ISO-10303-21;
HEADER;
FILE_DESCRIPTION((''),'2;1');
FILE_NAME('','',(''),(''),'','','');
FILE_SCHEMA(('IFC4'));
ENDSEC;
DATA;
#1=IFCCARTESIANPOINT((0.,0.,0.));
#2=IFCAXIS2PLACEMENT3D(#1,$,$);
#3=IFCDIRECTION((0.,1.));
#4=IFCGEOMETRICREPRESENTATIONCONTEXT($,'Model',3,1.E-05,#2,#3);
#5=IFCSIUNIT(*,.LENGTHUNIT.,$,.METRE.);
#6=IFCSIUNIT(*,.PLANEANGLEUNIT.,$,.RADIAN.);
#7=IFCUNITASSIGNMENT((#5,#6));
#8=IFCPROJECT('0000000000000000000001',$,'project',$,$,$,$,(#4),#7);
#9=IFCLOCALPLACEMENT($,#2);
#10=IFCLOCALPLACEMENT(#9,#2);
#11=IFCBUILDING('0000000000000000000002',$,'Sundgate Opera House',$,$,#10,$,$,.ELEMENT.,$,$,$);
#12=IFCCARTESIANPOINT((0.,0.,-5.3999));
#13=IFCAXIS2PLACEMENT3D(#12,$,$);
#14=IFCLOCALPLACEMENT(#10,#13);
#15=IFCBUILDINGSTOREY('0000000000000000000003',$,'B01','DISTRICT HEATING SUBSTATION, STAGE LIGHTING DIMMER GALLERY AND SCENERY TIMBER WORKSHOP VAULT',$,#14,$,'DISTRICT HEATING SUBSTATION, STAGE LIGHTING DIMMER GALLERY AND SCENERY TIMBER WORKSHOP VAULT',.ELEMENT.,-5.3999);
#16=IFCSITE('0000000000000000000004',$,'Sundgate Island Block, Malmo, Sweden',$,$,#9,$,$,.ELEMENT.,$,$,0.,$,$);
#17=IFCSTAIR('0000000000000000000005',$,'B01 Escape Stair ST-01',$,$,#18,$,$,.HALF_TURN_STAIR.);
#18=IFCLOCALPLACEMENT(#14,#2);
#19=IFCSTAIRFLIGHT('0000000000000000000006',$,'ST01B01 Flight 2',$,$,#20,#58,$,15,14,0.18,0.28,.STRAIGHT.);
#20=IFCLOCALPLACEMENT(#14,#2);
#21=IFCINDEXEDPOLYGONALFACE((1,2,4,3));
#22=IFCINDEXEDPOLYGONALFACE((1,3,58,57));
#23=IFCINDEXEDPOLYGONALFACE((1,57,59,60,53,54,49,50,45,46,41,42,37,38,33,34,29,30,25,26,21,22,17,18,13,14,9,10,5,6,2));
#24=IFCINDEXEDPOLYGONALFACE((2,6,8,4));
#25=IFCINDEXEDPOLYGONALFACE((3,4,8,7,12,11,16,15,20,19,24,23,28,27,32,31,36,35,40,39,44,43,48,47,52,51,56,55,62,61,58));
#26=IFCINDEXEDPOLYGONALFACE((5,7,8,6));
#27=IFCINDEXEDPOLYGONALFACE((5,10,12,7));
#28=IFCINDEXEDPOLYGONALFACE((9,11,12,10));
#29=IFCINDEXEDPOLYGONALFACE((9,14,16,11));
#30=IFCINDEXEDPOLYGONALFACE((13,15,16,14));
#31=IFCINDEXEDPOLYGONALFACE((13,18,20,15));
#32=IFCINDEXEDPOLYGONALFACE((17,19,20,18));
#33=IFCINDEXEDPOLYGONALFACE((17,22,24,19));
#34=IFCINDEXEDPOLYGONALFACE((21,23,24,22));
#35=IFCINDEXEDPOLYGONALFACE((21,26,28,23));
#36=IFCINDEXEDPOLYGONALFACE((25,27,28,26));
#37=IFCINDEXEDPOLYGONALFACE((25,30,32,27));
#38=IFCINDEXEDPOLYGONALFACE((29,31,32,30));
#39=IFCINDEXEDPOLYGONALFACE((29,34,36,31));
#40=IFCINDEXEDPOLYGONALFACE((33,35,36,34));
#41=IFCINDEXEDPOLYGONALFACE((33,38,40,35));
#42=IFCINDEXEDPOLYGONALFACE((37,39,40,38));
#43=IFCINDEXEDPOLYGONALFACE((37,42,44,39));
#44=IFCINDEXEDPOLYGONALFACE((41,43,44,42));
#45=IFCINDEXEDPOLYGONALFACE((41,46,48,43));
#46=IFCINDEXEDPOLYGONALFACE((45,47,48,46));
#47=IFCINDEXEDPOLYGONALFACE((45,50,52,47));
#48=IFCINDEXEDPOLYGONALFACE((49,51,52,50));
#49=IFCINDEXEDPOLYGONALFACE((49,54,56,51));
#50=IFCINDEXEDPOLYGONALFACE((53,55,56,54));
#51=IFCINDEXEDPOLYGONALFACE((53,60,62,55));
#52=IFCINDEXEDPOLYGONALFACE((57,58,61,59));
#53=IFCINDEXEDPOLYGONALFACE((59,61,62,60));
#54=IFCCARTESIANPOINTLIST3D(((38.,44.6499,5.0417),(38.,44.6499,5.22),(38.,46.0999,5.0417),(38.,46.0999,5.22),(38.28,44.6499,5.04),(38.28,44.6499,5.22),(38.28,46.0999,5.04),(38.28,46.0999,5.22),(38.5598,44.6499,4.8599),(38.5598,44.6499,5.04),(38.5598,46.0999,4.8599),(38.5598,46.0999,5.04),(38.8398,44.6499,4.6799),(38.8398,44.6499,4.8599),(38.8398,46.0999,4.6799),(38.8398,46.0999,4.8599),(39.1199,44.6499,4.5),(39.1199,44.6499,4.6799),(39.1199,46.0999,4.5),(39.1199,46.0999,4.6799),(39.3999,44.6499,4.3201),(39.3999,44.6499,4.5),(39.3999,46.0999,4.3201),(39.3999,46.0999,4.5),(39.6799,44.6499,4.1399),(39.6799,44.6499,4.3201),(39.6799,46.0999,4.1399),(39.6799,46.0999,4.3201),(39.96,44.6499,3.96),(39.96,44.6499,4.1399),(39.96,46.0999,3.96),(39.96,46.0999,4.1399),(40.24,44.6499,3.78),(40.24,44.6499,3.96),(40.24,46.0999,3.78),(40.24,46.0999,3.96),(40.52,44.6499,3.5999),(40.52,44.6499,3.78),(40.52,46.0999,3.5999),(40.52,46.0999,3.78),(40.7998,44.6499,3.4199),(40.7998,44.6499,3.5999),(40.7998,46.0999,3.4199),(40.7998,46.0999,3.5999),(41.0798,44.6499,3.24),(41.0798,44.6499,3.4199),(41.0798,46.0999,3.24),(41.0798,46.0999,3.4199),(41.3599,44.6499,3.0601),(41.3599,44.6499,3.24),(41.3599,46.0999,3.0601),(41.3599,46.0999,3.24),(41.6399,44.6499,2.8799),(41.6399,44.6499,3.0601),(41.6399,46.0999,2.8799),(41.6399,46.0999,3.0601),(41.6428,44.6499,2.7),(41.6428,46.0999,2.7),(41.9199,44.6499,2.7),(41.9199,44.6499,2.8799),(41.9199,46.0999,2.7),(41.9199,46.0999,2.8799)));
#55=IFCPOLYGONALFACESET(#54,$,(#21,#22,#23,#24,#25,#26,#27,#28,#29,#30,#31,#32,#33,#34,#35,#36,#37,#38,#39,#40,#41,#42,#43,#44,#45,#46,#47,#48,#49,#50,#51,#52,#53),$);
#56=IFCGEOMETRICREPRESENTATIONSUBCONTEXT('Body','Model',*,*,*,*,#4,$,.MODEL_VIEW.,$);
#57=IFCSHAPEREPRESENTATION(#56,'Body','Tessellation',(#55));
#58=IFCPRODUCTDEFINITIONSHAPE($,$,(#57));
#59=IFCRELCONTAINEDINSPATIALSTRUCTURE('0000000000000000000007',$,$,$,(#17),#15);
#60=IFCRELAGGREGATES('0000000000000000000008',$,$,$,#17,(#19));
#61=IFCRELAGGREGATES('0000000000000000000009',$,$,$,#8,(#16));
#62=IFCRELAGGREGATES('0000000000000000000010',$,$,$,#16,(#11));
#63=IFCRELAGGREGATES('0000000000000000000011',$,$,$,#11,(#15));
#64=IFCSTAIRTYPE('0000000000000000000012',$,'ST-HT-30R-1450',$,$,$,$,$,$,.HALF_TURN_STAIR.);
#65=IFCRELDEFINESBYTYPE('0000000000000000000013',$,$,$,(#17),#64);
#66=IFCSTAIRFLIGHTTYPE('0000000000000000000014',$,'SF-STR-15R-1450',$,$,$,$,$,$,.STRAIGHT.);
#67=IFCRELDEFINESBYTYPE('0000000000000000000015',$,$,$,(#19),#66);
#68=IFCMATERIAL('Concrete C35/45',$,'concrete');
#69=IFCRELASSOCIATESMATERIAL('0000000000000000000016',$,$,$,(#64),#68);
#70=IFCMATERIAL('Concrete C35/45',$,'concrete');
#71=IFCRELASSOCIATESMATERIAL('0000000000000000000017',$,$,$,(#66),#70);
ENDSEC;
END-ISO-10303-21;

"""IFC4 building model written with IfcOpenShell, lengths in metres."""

from ifc_helpers import new_model, si_unit, direction, frame, origin, place, context, subcontext, project, spatial, polyline, outline, extrude, material, type_object, element, aggregate, save


model = new_model("IFC4")

# Units and contexts
model_context = context("Model", 3, precision=1e-05, world=origin(), true_north=direction((0.0, 1.0)))
body_context = subcontext(model_context, "Body", "Model", "MODEL_VIEW")
ifc_project = project(units=[si_unit("LENGTHUNIT", "METRE"), si_unit("PLANEANGLEUNIT", "RADIAN")], contexts=[model_context])

# Site, building, storey
site_placement = place(None, origin())
site = spatial("IfcSite", under=ifc_project, at=site_placement, Name="Sundgate Island Block, Malmo, Sweden", CompositionType="ELEMENT", RefElevation=0.0)
building_placement = place(site_placement, origin())
building = spatial("IfcBuilding", under=site, at=building_placement, Name="Sundgate Opera House", CompositionType="ELEMENT")
storey_placement = place(building_placement, frame((0.0, 0.0, -5.3999)))
storey = spatial("IfcBuildingStorey", under=building, at=storey_placement, Name="B01", Description="DISTRICT HEATING SUBSTATION, STAGE LIGHTING DIMMER GALLERY AND SCENERY TIMBER WORKSHOP VAULT", LongName="DISTRICT HEATING SUBSTATION, STAGE LIGHTING DIMMER GALLERY AND SCENERY TIMBER WORKSHOP VAULT", CompositionType="ELEMENT", Elevation=-5.3999)

# Stair, stair flight
ifc_material_1 = material(Name="Concrete C35/45", Category="concrete")
stair_type = type_object("IfcStairType", Name="ST-HT-30R-1450", PredefinedType="HALF_TURN_STAIR", material=ifc_material_1)
stair_placement = place(storey_placement, origin())
stair = element("IfcStair", 1, at=stair_placement, inside=storey, type_object=stair_type, Name="B01 Escape Stair ST-01", PredefinedType="HALF_TURN_STAIR")
ifc_material_2 = material(Name="Concrete C35/45", Category="concrete")
stair_flight_type = type_object("IfcStairFlightType", Name="SF-STR-15R-1450", PredefinedType="STRAIGHT", material=ifc_material_2)
stair_flight_1_placement = place(storey_placement, frame((41.9199, 45.375, 2.7), z_axis=(0.0, 0.0, 1.0), x_axis=(-1.0, 0.0, 0.0)))
stair_flight_1 = element("IfcStairFlight", 2, at=stair_flight_1_placement, type_object=stair_flight_type, Name="ST01B01 Flight 2", NumberOfRisers=15, NumberOfTreads=14, PredefinedType="STRAIGHT", RiserHeight=0.18, TreadLength=0.28, context=body_context, shape_type="SweptSolid", body=[
    extrude(outline(polyline([(0.0, 0.0), (0.0, 0.1799), (0.28, 0.1799), (0.28, 0.3601), (0.5601, 0.3601), (0.5601, 0.54), (0.8401, 0.54), (0.8401, 0.72), (1.1201, 0.72), (1.1201, 0.8999), (1.3999, 0.8999), (1.3999, 1.0801), (1.6799, 1.0801), (1.6799, 1.26), (1.96, 1.26), (1.96, 1.4399), (2.24, 1.4399), (2.24, 1.6201), (2.52, 1.6201), (2.52, 1.8), (2.8, 1.8), (2.8, 1.98), (3.0801, 1.98), (3.0801, 2.1599), (3.3601, 2.1599), (3.3601, 2.3401), (3.6399, 2.3401), (3.6399, 2.52), (3.9199, 2.52), (3.9199, 2.7), (3.9199, 2.3418), (0.2771, 0.0), (0.0, 0.0)])), frame((0.0, 0.7251, 0.0), z_axis=(0.0, -1.0, 0.0), x_axis=(1.0, 0.0, 0.0)), (0.0, 0.0, 1.0), 1.45),
])
aggregate(stair, [stair_flight_1])

save(model, "model.ifc")
